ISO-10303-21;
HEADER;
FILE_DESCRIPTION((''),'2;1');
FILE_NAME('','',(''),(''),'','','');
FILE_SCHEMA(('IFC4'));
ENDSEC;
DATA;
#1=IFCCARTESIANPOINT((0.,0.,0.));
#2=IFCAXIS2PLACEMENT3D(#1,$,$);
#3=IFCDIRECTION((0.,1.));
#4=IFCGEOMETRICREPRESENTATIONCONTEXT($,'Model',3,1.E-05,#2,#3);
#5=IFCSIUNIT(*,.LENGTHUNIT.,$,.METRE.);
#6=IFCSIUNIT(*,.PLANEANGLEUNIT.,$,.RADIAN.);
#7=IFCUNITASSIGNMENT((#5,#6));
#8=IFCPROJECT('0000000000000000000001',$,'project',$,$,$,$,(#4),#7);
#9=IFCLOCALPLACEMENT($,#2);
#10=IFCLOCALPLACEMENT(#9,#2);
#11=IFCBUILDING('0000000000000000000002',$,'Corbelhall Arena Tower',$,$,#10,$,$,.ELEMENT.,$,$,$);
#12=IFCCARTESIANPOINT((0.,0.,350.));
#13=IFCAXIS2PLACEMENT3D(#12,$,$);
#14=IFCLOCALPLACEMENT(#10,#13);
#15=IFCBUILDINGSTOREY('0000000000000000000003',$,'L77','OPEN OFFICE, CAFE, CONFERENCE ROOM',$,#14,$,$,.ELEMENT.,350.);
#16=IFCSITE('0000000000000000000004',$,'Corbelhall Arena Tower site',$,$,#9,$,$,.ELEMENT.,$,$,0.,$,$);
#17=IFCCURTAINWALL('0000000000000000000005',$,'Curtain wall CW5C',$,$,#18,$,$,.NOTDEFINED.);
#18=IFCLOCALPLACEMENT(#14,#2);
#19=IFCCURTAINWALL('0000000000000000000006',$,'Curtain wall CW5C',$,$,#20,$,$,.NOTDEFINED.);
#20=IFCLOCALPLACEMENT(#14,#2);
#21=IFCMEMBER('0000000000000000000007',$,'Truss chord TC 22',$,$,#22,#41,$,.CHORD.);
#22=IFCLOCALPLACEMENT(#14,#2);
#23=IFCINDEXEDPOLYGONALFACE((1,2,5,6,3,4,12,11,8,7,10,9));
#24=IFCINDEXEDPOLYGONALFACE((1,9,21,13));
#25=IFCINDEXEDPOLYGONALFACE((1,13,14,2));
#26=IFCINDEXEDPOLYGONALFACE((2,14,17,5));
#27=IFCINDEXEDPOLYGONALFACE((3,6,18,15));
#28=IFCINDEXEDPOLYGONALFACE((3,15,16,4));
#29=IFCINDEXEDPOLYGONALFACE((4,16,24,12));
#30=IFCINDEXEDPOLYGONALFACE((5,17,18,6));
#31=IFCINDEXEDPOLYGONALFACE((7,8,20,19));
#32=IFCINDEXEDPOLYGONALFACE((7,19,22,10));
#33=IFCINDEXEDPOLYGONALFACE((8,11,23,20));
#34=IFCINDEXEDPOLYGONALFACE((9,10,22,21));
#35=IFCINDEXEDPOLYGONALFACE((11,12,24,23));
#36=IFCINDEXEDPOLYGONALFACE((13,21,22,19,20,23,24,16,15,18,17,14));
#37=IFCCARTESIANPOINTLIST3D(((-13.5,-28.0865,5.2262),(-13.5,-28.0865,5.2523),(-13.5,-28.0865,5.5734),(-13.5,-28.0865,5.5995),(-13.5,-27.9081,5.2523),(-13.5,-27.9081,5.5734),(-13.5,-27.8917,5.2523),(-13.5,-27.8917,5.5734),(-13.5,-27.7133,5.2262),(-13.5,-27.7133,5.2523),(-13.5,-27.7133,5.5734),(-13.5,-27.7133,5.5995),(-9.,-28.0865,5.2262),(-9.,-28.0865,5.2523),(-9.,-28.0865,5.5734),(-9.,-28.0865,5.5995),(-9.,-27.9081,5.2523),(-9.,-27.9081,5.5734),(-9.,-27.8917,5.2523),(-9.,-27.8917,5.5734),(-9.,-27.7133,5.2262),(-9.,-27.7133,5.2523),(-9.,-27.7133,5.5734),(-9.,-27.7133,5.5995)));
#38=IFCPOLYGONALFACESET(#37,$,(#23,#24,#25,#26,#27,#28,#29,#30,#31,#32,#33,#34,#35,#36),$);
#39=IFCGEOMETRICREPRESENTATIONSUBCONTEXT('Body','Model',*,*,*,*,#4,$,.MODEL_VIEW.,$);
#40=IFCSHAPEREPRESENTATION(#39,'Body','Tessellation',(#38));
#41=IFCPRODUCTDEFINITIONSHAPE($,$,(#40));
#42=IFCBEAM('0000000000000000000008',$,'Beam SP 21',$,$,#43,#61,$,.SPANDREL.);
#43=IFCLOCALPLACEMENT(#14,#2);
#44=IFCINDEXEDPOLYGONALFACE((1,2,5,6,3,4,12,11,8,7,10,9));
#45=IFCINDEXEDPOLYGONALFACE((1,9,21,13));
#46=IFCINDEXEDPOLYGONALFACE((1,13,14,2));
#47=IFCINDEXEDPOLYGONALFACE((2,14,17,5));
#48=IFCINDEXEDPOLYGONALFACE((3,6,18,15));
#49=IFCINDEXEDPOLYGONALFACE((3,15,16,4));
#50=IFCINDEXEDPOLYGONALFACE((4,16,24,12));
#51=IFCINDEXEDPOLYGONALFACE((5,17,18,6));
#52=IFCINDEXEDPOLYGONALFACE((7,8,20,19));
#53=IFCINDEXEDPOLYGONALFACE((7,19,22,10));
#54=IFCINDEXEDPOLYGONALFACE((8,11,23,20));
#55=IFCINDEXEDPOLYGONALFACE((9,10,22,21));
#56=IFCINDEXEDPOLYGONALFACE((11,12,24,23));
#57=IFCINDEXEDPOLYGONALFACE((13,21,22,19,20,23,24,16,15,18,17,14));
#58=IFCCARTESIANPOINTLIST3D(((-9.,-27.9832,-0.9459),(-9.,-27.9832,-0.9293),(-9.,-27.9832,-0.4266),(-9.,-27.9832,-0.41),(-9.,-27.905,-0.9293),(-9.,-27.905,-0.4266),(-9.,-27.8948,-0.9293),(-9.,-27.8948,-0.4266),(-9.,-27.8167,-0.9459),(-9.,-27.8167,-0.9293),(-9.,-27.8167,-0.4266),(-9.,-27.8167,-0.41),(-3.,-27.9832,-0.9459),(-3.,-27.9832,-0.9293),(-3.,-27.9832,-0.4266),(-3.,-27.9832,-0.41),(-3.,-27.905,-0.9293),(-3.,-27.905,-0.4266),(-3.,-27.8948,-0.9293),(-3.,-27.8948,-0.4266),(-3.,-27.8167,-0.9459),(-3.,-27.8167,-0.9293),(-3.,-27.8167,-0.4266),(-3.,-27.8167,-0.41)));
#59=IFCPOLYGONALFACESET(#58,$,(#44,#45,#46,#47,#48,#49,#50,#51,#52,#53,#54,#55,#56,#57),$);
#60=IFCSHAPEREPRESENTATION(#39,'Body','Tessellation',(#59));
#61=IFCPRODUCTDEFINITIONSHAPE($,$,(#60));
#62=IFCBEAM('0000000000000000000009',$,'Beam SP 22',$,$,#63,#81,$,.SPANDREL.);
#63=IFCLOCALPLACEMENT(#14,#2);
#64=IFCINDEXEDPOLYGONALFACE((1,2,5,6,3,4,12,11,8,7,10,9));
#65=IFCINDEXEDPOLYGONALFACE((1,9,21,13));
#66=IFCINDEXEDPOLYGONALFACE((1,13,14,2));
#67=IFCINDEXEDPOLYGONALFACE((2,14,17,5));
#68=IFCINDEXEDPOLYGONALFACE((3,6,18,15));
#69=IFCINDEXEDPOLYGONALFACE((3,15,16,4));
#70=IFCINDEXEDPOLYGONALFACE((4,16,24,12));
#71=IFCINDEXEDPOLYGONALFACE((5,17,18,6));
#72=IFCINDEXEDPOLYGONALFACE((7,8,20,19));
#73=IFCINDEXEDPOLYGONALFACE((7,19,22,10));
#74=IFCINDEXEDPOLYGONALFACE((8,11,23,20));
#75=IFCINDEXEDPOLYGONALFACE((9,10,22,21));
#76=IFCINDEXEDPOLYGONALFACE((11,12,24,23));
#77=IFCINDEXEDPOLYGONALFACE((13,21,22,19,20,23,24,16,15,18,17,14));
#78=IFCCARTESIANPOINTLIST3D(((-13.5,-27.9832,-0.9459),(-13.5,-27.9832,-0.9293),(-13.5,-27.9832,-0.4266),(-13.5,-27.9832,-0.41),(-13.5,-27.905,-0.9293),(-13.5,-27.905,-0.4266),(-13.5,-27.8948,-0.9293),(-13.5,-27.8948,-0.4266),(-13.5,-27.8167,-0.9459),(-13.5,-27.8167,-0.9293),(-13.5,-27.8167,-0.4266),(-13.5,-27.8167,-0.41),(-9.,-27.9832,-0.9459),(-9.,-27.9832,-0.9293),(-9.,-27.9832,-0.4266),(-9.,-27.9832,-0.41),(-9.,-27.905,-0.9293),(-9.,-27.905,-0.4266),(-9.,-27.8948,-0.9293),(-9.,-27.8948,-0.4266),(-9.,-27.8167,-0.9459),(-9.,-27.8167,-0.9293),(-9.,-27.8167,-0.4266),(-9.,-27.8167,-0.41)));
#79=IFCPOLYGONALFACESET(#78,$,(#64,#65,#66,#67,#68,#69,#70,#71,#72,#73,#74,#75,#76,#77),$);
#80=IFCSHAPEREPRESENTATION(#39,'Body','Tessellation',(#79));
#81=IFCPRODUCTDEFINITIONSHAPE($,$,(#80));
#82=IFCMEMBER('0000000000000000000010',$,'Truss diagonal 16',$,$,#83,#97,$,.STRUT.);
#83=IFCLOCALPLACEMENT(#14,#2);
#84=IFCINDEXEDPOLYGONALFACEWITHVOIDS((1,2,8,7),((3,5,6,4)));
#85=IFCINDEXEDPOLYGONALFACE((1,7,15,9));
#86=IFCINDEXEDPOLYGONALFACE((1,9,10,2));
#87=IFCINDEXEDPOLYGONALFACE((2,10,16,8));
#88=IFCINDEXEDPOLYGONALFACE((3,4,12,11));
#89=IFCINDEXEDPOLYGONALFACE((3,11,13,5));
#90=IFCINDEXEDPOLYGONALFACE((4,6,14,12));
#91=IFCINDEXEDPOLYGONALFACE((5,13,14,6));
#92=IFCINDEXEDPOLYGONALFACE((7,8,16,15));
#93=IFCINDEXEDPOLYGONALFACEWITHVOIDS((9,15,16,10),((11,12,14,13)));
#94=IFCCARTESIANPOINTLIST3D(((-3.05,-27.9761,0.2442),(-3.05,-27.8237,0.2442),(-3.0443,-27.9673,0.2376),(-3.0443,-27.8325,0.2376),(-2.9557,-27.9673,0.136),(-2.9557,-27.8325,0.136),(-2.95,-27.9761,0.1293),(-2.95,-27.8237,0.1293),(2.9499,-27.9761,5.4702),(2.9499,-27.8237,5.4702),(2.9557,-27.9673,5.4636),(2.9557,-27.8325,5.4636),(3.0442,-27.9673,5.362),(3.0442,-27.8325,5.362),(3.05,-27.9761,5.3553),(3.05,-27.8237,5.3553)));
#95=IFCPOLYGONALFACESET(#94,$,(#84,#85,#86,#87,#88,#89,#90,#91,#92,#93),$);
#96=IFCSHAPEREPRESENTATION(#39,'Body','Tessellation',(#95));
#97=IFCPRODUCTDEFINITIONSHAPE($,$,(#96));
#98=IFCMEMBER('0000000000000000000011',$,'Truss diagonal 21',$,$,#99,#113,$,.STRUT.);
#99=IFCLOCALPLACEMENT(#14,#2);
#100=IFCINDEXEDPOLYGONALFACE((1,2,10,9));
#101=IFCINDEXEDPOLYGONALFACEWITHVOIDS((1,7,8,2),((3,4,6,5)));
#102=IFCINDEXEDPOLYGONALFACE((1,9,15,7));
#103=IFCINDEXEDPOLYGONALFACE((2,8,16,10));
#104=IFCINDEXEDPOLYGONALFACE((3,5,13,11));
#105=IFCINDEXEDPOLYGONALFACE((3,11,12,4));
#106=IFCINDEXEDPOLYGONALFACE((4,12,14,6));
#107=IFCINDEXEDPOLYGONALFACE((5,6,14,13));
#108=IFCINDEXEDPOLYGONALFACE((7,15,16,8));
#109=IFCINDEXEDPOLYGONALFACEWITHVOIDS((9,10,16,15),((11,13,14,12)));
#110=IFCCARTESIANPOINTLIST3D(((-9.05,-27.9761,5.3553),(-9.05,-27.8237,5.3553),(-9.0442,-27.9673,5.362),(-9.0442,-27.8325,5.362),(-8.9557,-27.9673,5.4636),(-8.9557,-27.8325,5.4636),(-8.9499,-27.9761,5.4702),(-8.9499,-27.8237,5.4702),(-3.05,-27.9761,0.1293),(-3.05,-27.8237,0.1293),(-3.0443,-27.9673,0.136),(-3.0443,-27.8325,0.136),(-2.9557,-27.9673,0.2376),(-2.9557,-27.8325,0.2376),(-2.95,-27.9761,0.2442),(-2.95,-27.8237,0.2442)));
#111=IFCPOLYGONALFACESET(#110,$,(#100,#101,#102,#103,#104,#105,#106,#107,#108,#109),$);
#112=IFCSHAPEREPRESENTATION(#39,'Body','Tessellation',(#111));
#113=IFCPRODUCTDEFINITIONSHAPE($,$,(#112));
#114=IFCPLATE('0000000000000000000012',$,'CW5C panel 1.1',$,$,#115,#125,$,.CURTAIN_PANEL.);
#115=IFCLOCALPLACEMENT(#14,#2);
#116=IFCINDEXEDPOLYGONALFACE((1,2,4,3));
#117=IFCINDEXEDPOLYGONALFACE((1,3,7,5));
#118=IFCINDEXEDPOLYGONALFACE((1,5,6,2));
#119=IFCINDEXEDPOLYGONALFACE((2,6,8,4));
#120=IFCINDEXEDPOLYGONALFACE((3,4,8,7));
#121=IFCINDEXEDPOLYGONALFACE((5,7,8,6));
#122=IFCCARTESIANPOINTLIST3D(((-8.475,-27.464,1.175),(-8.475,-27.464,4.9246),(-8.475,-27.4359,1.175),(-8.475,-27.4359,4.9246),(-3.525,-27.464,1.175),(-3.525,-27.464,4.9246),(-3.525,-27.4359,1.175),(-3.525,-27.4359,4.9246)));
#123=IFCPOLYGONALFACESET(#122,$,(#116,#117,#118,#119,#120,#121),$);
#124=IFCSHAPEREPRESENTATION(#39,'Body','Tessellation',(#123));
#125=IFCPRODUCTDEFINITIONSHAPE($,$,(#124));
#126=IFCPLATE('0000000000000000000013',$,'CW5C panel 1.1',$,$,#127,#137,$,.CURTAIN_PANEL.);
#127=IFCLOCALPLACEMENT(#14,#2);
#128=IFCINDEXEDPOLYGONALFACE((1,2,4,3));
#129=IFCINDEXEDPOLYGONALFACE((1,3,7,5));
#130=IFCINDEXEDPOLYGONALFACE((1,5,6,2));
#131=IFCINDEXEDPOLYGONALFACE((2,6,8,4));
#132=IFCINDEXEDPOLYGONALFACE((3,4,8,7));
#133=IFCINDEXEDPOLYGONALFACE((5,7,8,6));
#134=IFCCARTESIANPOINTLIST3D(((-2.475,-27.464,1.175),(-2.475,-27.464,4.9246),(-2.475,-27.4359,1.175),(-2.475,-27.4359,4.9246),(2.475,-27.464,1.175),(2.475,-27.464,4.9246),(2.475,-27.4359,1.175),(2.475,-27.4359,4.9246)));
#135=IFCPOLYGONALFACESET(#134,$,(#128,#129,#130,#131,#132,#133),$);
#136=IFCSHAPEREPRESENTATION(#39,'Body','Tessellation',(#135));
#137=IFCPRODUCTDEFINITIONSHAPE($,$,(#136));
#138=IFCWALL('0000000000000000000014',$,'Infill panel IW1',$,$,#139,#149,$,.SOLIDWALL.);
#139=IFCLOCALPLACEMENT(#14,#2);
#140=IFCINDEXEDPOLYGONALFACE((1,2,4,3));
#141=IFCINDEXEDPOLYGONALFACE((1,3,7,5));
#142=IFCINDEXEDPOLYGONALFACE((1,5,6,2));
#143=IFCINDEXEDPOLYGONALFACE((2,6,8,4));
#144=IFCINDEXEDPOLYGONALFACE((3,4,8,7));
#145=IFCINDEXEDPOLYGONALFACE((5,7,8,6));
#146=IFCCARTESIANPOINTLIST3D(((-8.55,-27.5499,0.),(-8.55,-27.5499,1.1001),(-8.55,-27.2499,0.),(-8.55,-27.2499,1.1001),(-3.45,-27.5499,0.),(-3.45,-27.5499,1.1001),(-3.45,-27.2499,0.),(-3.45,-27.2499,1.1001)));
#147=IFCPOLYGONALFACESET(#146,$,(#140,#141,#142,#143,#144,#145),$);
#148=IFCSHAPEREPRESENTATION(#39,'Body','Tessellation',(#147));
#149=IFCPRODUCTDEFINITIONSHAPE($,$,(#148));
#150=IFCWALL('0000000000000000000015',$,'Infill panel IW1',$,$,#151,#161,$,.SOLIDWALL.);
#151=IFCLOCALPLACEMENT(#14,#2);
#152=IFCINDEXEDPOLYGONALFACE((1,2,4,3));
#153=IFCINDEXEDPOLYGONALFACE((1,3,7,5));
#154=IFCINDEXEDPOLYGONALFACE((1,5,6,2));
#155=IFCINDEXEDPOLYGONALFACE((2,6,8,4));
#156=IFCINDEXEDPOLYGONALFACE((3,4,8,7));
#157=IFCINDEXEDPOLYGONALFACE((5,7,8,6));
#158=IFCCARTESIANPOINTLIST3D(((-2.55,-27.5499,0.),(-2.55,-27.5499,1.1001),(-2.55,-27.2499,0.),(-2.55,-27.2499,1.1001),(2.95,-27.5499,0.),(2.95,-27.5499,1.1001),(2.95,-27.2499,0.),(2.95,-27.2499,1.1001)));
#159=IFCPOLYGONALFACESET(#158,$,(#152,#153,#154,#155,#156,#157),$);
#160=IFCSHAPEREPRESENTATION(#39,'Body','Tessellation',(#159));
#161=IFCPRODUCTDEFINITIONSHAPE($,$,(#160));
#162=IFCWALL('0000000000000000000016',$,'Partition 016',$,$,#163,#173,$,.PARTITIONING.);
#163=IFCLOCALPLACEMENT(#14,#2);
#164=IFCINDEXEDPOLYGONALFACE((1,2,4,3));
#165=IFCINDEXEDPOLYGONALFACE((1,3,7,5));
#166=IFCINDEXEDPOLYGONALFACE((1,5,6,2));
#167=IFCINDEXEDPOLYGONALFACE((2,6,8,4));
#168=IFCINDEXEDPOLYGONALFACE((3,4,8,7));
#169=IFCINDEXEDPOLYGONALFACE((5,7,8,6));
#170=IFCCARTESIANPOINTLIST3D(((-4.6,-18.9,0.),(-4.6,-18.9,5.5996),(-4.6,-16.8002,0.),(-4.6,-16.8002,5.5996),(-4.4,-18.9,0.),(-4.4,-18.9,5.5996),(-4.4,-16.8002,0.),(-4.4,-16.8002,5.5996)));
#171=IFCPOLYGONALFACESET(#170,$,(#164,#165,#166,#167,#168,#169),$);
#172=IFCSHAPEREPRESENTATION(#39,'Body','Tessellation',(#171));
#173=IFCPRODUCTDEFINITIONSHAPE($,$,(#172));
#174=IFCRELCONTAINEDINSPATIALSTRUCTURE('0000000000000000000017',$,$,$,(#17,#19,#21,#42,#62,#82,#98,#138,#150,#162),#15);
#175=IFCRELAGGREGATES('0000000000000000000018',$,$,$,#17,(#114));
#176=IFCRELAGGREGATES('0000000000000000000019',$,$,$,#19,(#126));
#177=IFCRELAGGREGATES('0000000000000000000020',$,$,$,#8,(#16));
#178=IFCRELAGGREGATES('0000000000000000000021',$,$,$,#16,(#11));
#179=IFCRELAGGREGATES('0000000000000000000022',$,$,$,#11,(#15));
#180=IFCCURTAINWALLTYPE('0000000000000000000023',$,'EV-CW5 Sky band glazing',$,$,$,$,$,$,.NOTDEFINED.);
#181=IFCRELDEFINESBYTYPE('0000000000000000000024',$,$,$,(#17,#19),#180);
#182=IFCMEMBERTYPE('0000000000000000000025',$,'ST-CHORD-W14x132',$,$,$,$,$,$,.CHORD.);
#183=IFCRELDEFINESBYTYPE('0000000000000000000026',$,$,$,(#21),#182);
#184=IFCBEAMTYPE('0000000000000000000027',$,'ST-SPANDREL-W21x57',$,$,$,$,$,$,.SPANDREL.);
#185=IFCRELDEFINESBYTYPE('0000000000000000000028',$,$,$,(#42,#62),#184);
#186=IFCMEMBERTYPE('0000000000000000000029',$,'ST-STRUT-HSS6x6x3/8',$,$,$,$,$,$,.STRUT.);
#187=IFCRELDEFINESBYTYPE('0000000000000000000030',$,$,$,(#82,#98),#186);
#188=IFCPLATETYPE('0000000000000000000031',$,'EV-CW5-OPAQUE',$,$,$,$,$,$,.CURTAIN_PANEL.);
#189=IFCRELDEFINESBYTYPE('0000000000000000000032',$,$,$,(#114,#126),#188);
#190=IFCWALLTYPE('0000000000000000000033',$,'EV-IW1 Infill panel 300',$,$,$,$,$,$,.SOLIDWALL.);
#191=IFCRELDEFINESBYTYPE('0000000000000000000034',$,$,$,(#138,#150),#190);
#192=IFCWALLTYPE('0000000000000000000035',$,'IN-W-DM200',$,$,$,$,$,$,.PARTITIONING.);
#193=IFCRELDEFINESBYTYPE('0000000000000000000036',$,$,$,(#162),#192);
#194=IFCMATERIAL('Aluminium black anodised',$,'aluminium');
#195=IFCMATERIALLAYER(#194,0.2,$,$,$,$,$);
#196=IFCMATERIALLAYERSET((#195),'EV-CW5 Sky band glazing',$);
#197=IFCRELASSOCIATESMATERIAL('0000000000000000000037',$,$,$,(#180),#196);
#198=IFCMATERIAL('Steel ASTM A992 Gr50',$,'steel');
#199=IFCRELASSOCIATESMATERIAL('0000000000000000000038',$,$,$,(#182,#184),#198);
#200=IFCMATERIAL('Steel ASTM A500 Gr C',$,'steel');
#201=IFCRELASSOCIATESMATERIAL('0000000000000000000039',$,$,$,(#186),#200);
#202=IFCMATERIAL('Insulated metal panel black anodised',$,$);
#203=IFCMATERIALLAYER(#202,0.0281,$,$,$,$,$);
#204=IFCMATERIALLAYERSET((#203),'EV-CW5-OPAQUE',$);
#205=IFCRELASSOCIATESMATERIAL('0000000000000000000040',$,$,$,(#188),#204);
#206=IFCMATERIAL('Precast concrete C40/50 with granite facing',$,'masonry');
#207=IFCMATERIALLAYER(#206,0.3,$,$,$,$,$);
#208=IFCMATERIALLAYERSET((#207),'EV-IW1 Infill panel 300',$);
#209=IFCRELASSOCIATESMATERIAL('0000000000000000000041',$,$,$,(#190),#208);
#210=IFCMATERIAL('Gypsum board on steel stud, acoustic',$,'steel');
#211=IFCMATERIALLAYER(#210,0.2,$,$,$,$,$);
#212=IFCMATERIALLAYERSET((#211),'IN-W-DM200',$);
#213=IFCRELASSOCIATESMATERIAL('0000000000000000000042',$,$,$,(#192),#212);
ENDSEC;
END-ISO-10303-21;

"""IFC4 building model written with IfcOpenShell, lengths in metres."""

from ifc_helpers import new_model, si_unit, direction, frame, frame_2d, origin, origin_2d, place, context, subcontext, project, spatial, rectangle, hollow_rectangle, i_section, extrude, material, layer, layer_set, material_profile, profile_set, type_object, element, aggregate, save


model = new_model("IFC4")

# Units and contexts
model_context = context("Model", 3, precision=1e-05, world=origin(), true_north=direction((0.0, 1.0)))
body_context = subcontext(model_context, "Body", "Model", "MODEL_VIEW")
ifc_project = project(units=[si_unit("LENGTHUNIT", "METRE"), si_unit("PLANEANGLEUNIT", "RADIAN")], contexts=[model_context])

# Site, building, storey
site_placement = place(None, origin())
site = spatial("IfcSite", under=ifc_project, at=site_placement, Name="Corbelhall Arena Tower site", CompositionType="ELEMENT", RefElevation=0.0)
building_placement = place(site_placement, origin())
building = spatial("IfcBuilding", under=site, at=building_placement, Name="Corbelhall Arena Tower", CompositionType="ELEMENT")
storey_placement = place(building_placement, frame((0.0, 0.0, 350.0)))
storey = spatial("IfcBuildingStorey", under=building, at=storey_placement, Name="L77", Description="OPEN OFFICE, CAFE, CONFERENCE ROOM", CompositionType="ELEMENT", Elevation=350.0)

# Curtain wall
ifc_material_1 = material(Name="Aluminium black anodised", Category="aluminium")
ifc_layer_1 = layer(ifc_material_1, 0.2)
ifc_layer_set_1 = layer_set([ifc_layer_1], Name="EV-CW5 Sky band glazing")
curtain_wall_type = type_object("IfcCurtainWallType", Name="EV-CW5 Sky band glazing", PredefinedType="NOTDEFINED", material=ifc_layer_set_1)
curtain_wall_1_placement = place(storey_placement, origin())
curtain_wall_1 = element("IfcCurtainWall", 1, at=curtain_wall_1_placement, inside=storey, type_object=curtain_wall_type, Name="Curtain wall CW5C", PredefinedType="NOTDEFINED")

# Curtain wall
curtain_wall_2_placement = place(storey_placement, origin())
curtain_wall_2 = element("IfcCurtainWall", 2, at=curtain_wall_2_placement, inside=storey, type_object=curtain_wall_type, Name="Curtain wall CW5C", PredefinedType="NOTDEFINED")

# Member
ifc_material_2 = material(Name="Steel ASTM A992 Gr50", Category="steel")
ifc_material_profile_1 = material_profile(ifc_material_2, i_section(OverallWidth=0.3733, OverallDepth=0.3733, WebThickness=0.0164, FlangeThickness=0.0261, at=origin_2d()))
ifc_profile_set_1 = profile_set([ifc_material_profile_1], Name="Steel ASTM A992 Gr50")
member_type_1 = type_object("IfcMemberType", Name="ST-CHORD-W14x132", PredefinedType="CHORD", material=ifc_profile_set_1)
for number, where, z_axis, x_axis, name in (
    (3, (-9.0, -27.8999, 5.4128), (-1.0, 0.0, 0.0), (0.0, -1.0, 0.0), "Truss chord TC 22"),
):
    element("IfcMember", number, at=place(storey_placement, frame(where, z_axis=z_axis, x_axis=x_axis)), inside=storey, type_object=member_type_1, Name=name, PredefinedType="CHORD", context=body_context, shape_type="SweptSolid", body=[
        extrude(i_section(OverallWidth=0.3733, OverallDepth=0.3733, WebThickness=0.0164, FlangeThickness=0.0261, at=origin_2d()), origin(), (0.0, 0.0, 1.0), 4.5),
    ])

# Beams
ifc_material_profile_2 = material_profile(ifc_material_2, i_section(OverallWidth=0.1665, OverallDepth=0.5359, WebThickness=0.0103, FlangeThickness=0.0166, at=origin_2d()))
ifc_profile_set_2 = profile_set([ifc_material_profile_2], Name="Steel ASTM A992 Gr50")
beam_type = type_object("IfcBeamType", Name="ST-SPANDREL-W21x57", PredefinedType="SPANDREL", material=ifc_profile_set_2)
beam_1_placement = place(storey_placement, frame((-3.0, -27.8999, -0.678), z_axis=(-1.0, 0.0, 0.0), x_axis=(0.0, -1.0, 0.0)))
element("IfcBeam", 4, at=beam_1_placement, inside=storey, type_object=beam_type, Name="Beam SP 21", PredefinedType="SPANDREL", context=body_context, shape_type="SweptSolid", body=[
    extrude(i_section(OverallWidth=0.1665, OverallDepth=0.5359, WebThickness=0.0103, FlangeThickness=0.0166, at=origin_2d()), origin(), (0.0, 0.0, 1.0), 6.0),
])
beam_2_placement = place(storey_placement, frame((-9.0, -27.8999, -0.678), z_axis=(-1.0, 0.0, 0.0), x_axis=(0.0, -1.0, 0.0)))
element("IfcBeam", 5, at=beam_2_placement, inside=storey, type_object=beam_type, Name="Beam SP 22", PredefinedType="SPANDREL", context=body_context, shape_type="SweptSolid", body=[
    extrude(i_section(OverallWidth=0.1665, OverallDepth=0.5359, WebThickness=0.0103, FlangeThickness=0.0166, at=origin_2d()), origin(), (0.0, 0.0, 1.0), 4.5),
])

# Members
ifc_material_3 = material(Name="Steel ASTM A500 Gr C", Category="steel")
ifc_material_profile_3 = material_profile(ifc_material_3, hollow_rectangle(XDim=0.1523, YDim=0.1523, WallThickness=0.0088, at=origin_2d()))
ifc_profile_set_3 = profile_set([ifc_material_profile_3], Name="Steel ASTM A500 Gr C")
member_type_2 = type_object("IfcMemberType", Name="ST-STRUT-HSS6x6x3/8", PredefinedType="STRUT", material=ifc_profile_set_3)
for number, where, z_axis, x_axis, name in (
    (6, (-3.0, -27.8999, 0.1868), (0.754065, 0.0, 0.6568), (0.0, 1.0, 0.0), "Truss diagonal 16"),
    (7, (-3.0, -27.8999, 0.1868), (-0.754065, 0.0, 0.6568), (0.0, -1.0, 0.0), "Truss diagonal 21"),
):
    element("IfcMember", number, at=place(storey_placement, frame(where, z_axis=z_axis, x_axis=x_axis)), inside=storey, type_object=member_type_2, Name=name, PredefinedType="STRUT", context=body_context, shape_type="SweptSolid", body=[
        extrude(hollow_rectangle(XDim=0.1523, YDim=0.1523, WallThickness=0.0088, at=origin_2d()), origin(), (0.0, 0.0, 1.0), 7.9568),
    ])

# Plates
ifc_material_4 = material(Name="Insulated metal panel black anodised")
ifc_layer_2 = layer(ifc_material_4, 0.0281)
ifc_layer_set_2 = layer_set([ifc_layer_2], Name="EV-CW5-OPAQUE")
plate_type = type_object("IfcPlateType", Name="EV-CW5-OPAQUE", PredefinedType="CURTAIN_PANEL", material=ifc_layer_set_2)
plate_1_placement = place(storey_placement, frame((-6.0, -27.45, 1.175), z_axis=(0.0, 0.0, 1.0), x_axis=(1.0, 0.0, 0.0)))
plate_1 = element("IfcPlate", 8, at=plate_1_placement, type_object=plate_type, Name="CW5C panel 1.1", PredefinedType="CURTAIN_PANEL", context=body_context, shape_type="SweptSolid", body=[
    extrude(rectangle(XDim=4.95, YDim=0.0281, at=origin_2d()), origin(), (0.0, 0.0, 1.0), 3.7495),
])
aggregate(curtain_wall_1, [plate_1])
plate_2_placement = place(storey_placement, frame((0.0, -27.45, 1.175), z_axis=(0.0, 0.0, 1.0), x_axis=(1.0, 0.0, 0.0)))
plate_2 = element("IfcPlate", 9, at=plate_2_placement, type_object=plate_type, Name="CW5C panel 1.1", PredefinedType="CURTAIN_PANEL", context=body_context, shape_type="SweptSolid", body=[
    extrude(rectangle(XDim=4.95, YDim=0.0281, at=origin_2d()), origin(), (0.0, 0.0, 1.0), 3.7495),
])
aggregate(curtain_wall_2, [plate_2])

# Walls
ifc_material_5 = material(Name="Precast concrete C40/50 with granite facing", Category="masonry")
ifc_layer_3 = layer(ifc_material_5, 0.3)
ifc_layer_set_3 = layer_set([ifc_layer_3], Name="EV-IW1 Infill panel 300")
wall_type_1 = type_object("IfcWallType", Name="EV-IW1 Infill panel 300", PredefinedType="SOLIDWALL", material=ifc_layer_set_3)
wall_1_placement = place(storey_placement, frame((-8.55, -27.3999, 0.0), z_axis=(0.0, 0.0, 1.0), x_axis=(1.0, 0.0, 0.0)))
element("IfcWall", 10, at=wall_1_placement, inside=storey, type_object=wall_type_1, Name="Infill panel IW1", PredefinedType="SOLIDWALL", context=body_context, shape_type="SweptSolid", body=[
    extrude(rectangle(XDim=5.1001, YDim=0.3, at=frame_2d((2.55, 0.0))), origin(), (0.0, 0.0, 1.0), 1.1001),
])
wall_2_placement = place(storey_placement, frame((-2.55, -27.3999, 0.0), z_axis=(0.0, 0.0, 1.0), x_axis=(1.0, 0.0, 0.0)))
element("IfcWall", 11, at=wall_2_placement, inside=storey, type_object=wall_type_1, Name="Infill panel IW1", PredefinedType="SOLIDWALL", context=body_context, shape_type="SweptSolid", body=[
    extrude(rectangle(XDim=5.5, YDim=0.3, at=frame_2d((2.75, 0.0))), origin(), (0.0, 0.0, 1.0), 1.1001),
])
ifc_material_6 = material(Name="Gypsum board on steel stud, acoustic", Category="steel")
ifc_layer_4 = layer(ifc_material_6, 0.2)
ifc_layer_set_4 = layer_set([ifc_layer_4], Name="IN-W-DM200")
wall_type_2 = type_object("IfcWallType", Name="IN-W-DM200", PredefinedType="PARTITIONING", material=ifc_layer_set_4)
wall_3_placement = place(storey_placement, frame((-4.5, -18.8999, 0.0), z_axis=(0.0, 0.0, 1.0), x_axis=(0.0, 1.0, 0.0)))
element("IfcWall", 12, at=wall_3_placement, inside=storey, type_object=wall_type_2, Name="Partition 016", PredefinedType="PARTITIONING", context=body_context, shape_type="SweptSolid", body=[
    extrude(rectangle(XDim=2.0999, YDim=0.2, at=frame_2d((1.0498, 0.0))), origin(), (0.0, 0.0, 1.0), 5.5996),
])

save(model, "model.ifc")
